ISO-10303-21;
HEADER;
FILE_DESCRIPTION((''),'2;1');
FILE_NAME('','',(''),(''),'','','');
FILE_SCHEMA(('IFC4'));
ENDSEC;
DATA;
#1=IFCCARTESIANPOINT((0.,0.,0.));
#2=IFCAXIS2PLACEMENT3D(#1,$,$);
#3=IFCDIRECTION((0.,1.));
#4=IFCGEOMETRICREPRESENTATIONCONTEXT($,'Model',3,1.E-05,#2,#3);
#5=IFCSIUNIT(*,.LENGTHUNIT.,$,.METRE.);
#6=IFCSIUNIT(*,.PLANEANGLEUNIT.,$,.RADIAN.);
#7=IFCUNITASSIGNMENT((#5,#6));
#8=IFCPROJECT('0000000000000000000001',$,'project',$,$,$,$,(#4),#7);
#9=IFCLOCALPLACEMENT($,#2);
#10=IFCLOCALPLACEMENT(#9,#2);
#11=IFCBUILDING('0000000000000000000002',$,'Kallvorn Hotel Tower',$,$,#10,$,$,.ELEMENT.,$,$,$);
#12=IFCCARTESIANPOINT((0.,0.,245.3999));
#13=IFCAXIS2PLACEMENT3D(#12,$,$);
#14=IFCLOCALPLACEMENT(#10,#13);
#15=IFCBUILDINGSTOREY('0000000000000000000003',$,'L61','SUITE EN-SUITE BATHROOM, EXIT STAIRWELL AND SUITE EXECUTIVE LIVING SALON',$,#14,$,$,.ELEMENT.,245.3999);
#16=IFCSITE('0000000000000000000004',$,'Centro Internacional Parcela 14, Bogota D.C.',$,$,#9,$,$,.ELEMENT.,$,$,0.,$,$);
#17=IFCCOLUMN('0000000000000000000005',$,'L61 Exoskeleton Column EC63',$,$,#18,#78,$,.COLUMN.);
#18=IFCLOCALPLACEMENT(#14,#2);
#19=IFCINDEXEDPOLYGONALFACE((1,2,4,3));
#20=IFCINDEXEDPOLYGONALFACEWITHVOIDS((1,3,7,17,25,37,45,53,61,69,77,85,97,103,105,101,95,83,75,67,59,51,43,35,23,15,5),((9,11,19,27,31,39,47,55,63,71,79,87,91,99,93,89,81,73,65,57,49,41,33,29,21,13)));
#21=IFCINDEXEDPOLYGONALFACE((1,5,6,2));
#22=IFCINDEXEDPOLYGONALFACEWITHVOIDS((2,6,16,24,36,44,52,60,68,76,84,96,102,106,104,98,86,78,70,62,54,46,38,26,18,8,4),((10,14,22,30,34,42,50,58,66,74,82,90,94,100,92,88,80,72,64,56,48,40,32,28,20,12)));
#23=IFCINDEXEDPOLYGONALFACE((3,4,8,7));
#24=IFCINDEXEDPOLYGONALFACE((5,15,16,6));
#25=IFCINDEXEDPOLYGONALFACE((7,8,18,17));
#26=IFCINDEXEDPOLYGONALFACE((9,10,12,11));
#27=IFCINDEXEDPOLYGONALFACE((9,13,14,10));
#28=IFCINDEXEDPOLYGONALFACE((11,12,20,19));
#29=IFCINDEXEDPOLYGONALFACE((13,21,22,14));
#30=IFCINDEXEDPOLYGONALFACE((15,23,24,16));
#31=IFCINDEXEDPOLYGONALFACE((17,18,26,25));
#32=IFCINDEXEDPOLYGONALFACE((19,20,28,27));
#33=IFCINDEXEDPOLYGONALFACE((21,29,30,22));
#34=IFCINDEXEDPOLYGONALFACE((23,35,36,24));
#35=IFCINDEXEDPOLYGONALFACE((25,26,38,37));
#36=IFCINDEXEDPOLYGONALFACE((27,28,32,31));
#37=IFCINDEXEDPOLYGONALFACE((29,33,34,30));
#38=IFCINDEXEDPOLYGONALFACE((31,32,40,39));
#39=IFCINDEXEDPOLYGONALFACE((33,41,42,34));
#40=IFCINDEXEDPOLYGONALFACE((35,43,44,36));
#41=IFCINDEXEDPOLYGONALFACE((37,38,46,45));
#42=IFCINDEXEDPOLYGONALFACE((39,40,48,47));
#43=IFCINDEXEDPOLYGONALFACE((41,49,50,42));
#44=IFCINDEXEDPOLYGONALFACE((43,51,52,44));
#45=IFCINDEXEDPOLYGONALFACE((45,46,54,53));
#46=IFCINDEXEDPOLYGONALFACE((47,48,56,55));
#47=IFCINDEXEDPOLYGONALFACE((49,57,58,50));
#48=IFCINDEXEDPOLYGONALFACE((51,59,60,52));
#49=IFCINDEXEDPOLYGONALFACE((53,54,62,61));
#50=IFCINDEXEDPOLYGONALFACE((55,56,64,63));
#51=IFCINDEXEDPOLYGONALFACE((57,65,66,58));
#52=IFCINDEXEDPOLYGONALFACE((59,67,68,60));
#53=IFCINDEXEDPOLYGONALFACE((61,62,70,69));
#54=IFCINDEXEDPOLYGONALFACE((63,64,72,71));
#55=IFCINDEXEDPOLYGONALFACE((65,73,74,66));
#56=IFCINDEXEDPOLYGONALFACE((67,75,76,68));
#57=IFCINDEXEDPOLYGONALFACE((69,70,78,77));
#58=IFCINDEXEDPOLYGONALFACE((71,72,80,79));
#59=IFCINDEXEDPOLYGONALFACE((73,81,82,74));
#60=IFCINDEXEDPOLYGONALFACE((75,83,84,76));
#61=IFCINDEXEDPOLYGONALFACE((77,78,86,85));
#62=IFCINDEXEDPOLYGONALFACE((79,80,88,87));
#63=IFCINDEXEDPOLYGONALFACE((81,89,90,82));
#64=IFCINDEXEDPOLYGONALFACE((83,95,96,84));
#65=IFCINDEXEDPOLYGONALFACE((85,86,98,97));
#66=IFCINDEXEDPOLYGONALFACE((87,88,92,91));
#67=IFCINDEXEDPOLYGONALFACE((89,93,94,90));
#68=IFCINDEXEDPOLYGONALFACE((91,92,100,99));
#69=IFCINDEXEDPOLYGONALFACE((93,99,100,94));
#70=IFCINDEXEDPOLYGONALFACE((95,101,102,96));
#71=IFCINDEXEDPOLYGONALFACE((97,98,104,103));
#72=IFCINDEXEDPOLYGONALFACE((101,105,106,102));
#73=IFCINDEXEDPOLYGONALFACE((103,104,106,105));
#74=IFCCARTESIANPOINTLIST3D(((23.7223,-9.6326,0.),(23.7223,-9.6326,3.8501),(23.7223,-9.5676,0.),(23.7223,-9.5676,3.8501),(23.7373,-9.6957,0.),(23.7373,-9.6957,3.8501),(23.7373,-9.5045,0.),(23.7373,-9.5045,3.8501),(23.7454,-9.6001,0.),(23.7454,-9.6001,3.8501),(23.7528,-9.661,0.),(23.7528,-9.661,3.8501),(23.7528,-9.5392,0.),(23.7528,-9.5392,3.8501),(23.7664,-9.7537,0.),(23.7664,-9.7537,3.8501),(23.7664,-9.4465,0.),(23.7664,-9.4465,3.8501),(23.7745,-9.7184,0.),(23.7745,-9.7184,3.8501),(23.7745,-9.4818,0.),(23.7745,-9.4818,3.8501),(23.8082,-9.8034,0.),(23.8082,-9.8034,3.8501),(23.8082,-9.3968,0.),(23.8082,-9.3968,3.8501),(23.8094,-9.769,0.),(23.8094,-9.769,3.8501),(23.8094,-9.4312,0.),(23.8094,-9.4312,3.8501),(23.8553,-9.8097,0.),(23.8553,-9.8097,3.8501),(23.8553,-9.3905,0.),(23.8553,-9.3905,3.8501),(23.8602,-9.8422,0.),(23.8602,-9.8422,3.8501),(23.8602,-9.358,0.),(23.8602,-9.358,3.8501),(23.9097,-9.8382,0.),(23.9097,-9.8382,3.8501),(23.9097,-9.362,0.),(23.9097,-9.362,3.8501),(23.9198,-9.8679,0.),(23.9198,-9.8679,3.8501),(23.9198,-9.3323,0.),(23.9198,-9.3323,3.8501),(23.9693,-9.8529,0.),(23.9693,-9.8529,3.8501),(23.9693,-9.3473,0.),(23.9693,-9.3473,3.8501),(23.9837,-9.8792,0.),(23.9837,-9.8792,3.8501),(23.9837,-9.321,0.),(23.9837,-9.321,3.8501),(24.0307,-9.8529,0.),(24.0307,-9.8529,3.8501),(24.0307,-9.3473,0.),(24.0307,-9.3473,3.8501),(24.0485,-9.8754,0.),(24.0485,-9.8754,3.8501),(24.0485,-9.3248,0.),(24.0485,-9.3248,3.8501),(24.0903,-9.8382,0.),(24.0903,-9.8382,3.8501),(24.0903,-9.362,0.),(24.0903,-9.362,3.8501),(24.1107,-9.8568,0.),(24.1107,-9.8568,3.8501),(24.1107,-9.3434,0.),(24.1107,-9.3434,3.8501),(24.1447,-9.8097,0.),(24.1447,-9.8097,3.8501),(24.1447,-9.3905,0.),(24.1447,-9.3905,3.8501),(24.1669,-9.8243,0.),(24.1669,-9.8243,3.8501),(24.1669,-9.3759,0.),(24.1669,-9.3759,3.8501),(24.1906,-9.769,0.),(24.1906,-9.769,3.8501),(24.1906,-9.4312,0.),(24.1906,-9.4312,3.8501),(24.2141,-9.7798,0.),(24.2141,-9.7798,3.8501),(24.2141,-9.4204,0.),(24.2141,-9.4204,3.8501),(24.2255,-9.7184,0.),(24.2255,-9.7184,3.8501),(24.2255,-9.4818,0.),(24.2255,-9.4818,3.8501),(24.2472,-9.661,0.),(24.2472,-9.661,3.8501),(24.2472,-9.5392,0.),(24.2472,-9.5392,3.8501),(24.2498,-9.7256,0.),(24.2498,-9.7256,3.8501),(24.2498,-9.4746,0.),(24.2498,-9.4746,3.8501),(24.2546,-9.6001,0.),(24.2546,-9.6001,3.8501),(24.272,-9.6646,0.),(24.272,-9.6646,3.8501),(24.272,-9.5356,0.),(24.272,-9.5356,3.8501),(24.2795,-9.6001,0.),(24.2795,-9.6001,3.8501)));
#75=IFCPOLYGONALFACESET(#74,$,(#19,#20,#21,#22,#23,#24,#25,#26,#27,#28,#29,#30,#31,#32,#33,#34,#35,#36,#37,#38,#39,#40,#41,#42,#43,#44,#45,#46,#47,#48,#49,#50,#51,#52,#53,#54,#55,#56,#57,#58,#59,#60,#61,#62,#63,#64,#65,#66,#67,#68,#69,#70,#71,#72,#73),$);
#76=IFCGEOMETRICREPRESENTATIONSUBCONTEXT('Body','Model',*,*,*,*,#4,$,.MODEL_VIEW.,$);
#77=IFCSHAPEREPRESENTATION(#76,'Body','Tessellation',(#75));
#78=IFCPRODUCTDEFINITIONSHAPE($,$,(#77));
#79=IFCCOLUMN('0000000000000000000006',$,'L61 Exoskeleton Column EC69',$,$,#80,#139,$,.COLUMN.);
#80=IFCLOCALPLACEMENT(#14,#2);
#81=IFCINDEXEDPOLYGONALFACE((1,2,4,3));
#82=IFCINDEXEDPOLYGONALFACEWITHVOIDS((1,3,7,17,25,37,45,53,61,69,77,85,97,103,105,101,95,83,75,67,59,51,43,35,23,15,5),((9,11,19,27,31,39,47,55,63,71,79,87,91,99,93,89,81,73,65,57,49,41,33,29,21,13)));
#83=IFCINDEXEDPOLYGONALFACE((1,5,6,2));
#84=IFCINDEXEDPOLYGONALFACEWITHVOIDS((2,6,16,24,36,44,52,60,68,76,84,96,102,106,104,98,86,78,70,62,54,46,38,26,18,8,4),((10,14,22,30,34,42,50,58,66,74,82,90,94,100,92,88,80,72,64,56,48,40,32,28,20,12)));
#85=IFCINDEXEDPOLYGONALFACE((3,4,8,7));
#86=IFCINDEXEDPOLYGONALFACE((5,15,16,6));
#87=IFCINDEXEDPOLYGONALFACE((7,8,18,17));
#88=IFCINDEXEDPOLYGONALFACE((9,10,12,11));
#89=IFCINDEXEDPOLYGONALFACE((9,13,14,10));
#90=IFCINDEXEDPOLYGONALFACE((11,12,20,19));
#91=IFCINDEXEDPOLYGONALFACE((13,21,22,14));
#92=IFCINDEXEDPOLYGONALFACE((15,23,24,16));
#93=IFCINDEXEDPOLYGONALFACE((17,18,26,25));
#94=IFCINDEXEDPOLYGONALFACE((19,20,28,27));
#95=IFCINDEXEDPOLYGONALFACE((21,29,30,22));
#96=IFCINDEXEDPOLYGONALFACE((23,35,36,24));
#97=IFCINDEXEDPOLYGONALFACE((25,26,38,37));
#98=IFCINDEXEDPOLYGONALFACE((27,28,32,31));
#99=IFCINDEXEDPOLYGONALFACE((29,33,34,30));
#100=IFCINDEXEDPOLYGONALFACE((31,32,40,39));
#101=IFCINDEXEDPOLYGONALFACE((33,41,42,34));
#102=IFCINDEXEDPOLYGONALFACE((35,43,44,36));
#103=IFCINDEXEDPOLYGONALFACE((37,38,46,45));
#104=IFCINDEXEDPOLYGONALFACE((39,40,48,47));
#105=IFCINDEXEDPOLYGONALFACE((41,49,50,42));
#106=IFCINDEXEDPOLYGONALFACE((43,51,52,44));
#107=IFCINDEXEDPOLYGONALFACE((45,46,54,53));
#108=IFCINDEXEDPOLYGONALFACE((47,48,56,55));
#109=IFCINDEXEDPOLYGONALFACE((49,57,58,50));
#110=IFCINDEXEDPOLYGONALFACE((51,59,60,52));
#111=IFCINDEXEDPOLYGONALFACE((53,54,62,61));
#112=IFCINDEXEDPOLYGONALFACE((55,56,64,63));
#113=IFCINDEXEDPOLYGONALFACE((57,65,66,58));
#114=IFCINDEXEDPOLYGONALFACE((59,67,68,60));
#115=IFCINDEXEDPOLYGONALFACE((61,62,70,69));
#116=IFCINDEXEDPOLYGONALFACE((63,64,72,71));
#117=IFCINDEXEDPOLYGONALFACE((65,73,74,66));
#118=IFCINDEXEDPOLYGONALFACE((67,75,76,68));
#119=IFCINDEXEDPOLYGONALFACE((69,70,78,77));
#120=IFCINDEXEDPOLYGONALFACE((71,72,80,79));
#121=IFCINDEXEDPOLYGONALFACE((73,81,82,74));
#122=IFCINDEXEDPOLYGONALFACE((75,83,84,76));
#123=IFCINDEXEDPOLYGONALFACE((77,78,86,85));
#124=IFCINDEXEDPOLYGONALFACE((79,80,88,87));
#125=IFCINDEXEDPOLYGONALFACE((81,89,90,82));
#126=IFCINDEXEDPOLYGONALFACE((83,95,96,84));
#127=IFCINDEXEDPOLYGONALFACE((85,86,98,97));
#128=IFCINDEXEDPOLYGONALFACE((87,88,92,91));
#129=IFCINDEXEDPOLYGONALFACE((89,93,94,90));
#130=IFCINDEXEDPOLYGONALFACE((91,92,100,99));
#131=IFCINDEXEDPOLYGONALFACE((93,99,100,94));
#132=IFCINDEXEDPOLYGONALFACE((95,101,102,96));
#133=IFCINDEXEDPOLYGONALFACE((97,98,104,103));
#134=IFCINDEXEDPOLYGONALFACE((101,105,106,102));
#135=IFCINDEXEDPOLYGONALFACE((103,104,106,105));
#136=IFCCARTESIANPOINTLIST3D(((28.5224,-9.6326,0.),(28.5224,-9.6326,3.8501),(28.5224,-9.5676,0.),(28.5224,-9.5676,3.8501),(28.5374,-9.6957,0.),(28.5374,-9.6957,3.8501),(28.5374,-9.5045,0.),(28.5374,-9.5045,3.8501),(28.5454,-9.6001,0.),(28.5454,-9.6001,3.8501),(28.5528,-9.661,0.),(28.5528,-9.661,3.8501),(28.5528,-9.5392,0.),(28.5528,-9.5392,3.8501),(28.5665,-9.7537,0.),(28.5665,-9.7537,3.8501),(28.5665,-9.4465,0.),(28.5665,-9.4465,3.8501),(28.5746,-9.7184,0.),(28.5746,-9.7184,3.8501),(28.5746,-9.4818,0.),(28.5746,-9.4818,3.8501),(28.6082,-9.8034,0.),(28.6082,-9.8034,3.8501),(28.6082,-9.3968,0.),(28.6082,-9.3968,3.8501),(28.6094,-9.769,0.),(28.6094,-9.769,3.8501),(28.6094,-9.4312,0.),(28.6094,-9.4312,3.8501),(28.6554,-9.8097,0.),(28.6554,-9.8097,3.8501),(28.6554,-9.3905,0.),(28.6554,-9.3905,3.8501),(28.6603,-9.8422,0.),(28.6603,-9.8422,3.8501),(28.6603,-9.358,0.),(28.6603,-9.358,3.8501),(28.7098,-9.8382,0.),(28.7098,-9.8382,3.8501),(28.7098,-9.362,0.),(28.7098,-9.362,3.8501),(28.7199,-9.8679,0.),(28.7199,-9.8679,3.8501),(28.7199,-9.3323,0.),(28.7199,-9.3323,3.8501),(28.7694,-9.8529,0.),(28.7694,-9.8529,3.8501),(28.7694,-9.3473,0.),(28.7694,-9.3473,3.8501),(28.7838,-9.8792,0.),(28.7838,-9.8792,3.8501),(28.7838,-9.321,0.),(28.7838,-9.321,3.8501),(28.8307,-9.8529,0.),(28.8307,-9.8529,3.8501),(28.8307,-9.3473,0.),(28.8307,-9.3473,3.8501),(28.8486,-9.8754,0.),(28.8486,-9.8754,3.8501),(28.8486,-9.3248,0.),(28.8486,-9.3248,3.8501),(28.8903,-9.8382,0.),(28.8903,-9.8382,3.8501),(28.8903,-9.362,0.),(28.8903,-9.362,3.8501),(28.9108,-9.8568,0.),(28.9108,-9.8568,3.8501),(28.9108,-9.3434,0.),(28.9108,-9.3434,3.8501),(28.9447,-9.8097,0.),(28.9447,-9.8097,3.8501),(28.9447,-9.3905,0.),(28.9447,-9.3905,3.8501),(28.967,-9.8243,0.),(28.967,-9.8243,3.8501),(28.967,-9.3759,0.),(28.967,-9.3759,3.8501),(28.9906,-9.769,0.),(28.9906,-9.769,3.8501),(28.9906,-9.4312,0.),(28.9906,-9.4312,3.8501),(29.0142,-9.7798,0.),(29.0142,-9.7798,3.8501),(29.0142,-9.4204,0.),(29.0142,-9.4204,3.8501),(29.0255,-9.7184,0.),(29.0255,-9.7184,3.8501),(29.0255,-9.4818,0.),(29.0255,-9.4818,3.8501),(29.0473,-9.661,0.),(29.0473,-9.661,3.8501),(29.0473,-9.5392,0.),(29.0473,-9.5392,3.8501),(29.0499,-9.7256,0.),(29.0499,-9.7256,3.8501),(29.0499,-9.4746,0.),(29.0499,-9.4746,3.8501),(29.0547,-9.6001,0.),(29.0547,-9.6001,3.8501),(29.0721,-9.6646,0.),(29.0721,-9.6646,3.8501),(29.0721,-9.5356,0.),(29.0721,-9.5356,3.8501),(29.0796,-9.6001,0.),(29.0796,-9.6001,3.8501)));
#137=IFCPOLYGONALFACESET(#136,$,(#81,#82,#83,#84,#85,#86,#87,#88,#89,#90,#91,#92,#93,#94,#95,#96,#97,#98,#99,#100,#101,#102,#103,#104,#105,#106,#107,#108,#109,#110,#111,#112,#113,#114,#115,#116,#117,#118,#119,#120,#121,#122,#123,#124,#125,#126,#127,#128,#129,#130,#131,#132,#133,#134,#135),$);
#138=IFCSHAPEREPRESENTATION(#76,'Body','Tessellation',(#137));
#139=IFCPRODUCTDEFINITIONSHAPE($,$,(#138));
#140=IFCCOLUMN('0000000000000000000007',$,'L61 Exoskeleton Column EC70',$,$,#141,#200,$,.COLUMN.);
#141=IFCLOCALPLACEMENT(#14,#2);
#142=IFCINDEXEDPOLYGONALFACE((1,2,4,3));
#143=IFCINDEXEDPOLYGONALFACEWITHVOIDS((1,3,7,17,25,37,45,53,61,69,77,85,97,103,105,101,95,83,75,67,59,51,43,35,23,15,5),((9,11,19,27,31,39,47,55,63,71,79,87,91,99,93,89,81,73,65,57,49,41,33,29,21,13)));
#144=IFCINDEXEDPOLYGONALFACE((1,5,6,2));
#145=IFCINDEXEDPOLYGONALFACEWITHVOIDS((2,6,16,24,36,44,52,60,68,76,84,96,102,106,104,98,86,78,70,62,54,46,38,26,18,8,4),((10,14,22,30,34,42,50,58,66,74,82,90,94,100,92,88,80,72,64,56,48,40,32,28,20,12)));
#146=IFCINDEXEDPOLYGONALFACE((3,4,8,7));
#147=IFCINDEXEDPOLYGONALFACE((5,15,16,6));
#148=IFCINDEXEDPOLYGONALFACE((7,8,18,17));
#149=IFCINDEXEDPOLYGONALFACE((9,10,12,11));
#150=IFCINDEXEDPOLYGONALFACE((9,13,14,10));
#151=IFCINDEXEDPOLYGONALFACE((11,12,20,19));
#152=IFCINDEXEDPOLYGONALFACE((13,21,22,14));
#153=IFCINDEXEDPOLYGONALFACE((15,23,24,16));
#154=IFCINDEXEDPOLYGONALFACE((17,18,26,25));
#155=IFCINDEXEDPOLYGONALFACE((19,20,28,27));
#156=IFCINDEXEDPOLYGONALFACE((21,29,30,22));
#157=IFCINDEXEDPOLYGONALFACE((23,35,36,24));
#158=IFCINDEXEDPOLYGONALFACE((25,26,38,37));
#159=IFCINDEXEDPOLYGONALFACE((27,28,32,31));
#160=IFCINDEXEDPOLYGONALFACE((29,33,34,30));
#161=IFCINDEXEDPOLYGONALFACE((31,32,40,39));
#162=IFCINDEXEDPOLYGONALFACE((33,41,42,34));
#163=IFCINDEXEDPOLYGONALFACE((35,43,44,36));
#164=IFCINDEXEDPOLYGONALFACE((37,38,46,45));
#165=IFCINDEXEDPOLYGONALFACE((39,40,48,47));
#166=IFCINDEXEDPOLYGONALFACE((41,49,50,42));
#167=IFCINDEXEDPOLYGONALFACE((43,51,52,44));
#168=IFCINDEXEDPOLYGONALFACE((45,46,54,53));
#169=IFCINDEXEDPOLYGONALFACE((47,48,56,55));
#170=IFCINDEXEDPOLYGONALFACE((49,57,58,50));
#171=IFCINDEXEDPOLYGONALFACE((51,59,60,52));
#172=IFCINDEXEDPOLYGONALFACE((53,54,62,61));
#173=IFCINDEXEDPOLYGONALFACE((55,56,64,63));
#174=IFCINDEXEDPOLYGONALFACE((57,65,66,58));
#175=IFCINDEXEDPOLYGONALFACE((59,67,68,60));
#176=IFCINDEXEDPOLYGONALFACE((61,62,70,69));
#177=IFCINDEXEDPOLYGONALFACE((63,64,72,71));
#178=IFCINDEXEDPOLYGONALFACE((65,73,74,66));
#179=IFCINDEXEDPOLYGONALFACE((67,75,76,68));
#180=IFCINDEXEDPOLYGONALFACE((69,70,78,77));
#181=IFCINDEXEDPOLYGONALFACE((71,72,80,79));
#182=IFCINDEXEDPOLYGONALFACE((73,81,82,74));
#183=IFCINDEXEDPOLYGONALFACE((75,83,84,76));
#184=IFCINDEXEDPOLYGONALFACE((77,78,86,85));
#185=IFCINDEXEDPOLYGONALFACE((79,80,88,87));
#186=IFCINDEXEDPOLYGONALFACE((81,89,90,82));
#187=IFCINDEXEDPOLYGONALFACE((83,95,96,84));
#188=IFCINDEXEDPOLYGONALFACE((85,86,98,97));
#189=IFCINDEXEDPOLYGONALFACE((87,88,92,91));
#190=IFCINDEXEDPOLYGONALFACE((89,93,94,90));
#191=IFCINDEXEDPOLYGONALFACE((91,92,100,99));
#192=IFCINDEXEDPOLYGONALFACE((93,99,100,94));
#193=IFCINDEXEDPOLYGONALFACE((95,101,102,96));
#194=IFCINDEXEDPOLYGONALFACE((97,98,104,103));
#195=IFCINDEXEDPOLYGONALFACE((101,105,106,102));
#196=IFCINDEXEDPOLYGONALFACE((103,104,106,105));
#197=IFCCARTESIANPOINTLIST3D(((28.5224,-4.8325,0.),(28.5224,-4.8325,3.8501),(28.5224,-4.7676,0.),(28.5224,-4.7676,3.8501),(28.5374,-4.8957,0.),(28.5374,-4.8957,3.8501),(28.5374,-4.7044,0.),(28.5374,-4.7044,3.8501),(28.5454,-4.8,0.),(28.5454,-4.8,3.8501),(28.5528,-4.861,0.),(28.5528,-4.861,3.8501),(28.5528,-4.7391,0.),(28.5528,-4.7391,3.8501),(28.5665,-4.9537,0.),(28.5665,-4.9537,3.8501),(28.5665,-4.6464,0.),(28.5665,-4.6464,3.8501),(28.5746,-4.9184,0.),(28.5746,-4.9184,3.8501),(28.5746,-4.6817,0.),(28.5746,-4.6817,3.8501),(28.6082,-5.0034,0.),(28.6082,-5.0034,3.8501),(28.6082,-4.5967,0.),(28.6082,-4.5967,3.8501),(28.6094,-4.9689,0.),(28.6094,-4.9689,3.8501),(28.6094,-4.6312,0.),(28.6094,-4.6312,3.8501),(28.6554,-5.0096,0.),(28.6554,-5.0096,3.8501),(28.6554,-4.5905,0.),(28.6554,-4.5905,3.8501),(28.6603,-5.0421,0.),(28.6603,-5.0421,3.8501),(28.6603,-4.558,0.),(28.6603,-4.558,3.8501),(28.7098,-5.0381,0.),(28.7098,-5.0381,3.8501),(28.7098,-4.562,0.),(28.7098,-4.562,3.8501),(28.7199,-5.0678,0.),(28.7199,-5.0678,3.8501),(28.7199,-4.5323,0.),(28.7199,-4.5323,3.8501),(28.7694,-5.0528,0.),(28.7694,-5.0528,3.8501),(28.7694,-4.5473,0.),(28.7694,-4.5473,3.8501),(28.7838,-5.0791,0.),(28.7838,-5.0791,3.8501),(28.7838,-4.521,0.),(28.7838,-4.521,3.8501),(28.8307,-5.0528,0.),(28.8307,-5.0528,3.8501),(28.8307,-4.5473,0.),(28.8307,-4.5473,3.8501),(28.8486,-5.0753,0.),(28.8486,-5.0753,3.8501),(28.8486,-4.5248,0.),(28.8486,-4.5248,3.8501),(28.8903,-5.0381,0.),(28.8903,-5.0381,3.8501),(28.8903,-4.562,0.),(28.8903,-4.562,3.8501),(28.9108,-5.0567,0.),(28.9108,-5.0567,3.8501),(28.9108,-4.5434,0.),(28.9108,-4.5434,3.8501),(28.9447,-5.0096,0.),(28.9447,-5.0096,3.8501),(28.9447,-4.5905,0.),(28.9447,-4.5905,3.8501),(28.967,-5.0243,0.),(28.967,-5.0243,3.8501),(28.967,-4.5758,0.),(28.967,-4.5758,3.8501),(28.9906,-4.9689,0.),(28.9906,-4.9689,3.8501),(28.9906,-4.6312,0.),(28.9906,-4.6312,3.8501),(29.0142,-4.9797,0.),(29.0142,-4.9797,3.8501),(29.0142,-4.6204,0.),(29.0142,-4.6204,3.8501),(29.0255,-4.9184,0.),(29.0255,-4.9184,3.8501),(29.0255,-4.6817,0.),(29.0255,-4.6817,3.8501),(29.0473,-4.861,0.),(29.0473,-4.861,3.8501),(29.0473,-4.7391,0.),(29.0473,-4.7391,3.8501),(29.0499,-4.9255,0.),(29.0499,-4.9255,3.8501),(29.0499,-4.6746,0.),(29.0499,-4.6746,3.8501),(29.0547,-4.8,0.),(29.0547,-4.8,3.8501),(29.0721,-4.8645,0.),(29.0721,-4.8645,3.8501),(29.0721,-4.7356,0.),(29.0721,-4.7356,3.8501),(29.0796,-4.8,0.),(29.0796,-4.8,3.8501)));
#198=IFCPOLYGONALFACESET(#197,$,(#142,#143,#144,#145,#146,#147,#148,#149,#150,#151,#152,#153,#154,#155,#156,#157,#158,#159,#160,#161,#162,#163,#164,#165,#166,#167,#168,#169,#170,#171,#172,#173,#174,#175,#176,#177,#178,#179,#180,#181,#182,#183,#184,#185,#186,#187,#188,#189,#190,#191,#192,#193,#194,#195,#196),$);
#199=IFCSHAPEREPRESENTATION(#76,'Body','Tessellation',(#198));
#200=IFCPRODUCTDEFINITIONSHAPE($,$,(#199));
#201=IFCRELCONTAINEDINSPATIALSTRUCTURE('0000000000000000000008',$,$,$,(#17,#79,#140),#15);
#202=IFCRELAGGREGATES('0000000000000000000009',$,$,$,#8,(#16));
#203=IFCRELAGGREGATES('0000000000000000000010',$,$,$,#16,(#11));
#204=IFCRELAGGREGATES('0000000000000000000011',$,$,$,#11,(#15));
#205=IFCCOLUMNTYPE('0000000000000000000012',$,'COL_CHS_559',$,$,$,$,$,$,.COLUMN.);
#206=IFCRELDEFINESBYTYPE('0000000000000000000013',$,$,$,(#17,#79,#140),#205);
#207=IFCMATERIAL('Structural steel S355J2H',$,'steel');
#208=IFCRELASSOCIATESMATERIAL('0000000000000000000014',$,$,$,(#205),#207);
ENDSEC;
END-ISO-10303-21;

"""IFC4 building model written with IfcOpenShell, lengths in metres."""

from ifc_helpers import new_model, si_unit, direction, frame, origin, origin_2d, place, context, subcontext, project, spatial, hollow_circle, extrude, material, material_profile, profile_set, type_object, element, save


model = new_model("IFC4")

# Units and contexts
model_context = context("Model", 3, precision=1e-05, world=origin(), true_north=direction((0.0, 1.0)))
body_context = subcontext(model_context, "Body", "Model", "MODEL_VIEW")
ifc_project = project(units=[si_unit("LENGTHUNIT", "METRE"), si_unit("PLANEANGLEUNIT", "RADIAN")], contexts=[model_context])

# Site, building, storey
site_placement = place(None, origin())
site = spatial("IfcSite", under=ifc_project, at=site_placement, Name="Centro Internacional Parcela 14, Bogota D.C.", CompositionType="ELEMENT", RefElevation=0.0)
building_placement = place(site_placement, origin())
building = spatial("IfcBuilding", under=site, at=building_placement, Name="Kallvorn Hotel Tower", CompositionType="ELEMENT")
storey_placement = place(building_placement, frame((0.0, 0.0, 245.3999)))
storey = spatial("IfcBuildingStorey", under=building, at=storey_placement, Name="L61", Description="SUITE EN-SUITE BATHROOM, EXIT STAIRWELL AND SUITE EXECUTIVE LIVING SALON", CompositionType="ELEMENT", Elevation=245.3999)

# Columns
ifc_material_1 = material(Name="Structural steel S355J2H", Category="steel")
ifc_material_profile_1 = material_profile(ifc_material_1, hollow_circle(Radius=0.2795, WallThickness=0.0249, at=origin_2d()), Name="CHS 559x25")
ifc_profile_set_1 = profile_set([ifc_material_profile_1], Name="Structural steel S355J2H")
column_type_1 = type_object("IfcColumnType", Name="COL_CHS_559", PredefinedType="COLUMN", material=ifc_profile_set_1)
for number, where, z_axis, x_axis, name in (
    (1, (24.0, -9.6001, 0.0), (0.0, 0.0, 1.0), (1.0, 0.0, 0.0), "L61 Exoskeleton Column EC63"),
    (2, (28.8, -9.6001, 0.0), (0.0, 0.0, 1.0), (1.0, 0.0, 0.0), "L61 Exoskeleton Column EC69"),
    (3, (28.8, -4.8, 0.0), (0.0, 0.0, 1.0), (1.0, 0.0, 0.0), "L61 Exoskeleton Column EC70"),
):
    element("IfcColumn", number, at=place(storey_placement, frame(where, z_axis=z_axis, x_axis=x_axis)), inside=storey, type_object=column_type_1, Name=name, PredefinedType="COLUMN", context=body_context, shape_type="SweptSolid", body=[
        extrude(hollow_circle(Radius=0.2795, WallThickness=0.0249, at=origin_2d()), origin(), (0.0, 0.0, 1.0), 3.8501),
    ])

save(model, "model.ifc")
